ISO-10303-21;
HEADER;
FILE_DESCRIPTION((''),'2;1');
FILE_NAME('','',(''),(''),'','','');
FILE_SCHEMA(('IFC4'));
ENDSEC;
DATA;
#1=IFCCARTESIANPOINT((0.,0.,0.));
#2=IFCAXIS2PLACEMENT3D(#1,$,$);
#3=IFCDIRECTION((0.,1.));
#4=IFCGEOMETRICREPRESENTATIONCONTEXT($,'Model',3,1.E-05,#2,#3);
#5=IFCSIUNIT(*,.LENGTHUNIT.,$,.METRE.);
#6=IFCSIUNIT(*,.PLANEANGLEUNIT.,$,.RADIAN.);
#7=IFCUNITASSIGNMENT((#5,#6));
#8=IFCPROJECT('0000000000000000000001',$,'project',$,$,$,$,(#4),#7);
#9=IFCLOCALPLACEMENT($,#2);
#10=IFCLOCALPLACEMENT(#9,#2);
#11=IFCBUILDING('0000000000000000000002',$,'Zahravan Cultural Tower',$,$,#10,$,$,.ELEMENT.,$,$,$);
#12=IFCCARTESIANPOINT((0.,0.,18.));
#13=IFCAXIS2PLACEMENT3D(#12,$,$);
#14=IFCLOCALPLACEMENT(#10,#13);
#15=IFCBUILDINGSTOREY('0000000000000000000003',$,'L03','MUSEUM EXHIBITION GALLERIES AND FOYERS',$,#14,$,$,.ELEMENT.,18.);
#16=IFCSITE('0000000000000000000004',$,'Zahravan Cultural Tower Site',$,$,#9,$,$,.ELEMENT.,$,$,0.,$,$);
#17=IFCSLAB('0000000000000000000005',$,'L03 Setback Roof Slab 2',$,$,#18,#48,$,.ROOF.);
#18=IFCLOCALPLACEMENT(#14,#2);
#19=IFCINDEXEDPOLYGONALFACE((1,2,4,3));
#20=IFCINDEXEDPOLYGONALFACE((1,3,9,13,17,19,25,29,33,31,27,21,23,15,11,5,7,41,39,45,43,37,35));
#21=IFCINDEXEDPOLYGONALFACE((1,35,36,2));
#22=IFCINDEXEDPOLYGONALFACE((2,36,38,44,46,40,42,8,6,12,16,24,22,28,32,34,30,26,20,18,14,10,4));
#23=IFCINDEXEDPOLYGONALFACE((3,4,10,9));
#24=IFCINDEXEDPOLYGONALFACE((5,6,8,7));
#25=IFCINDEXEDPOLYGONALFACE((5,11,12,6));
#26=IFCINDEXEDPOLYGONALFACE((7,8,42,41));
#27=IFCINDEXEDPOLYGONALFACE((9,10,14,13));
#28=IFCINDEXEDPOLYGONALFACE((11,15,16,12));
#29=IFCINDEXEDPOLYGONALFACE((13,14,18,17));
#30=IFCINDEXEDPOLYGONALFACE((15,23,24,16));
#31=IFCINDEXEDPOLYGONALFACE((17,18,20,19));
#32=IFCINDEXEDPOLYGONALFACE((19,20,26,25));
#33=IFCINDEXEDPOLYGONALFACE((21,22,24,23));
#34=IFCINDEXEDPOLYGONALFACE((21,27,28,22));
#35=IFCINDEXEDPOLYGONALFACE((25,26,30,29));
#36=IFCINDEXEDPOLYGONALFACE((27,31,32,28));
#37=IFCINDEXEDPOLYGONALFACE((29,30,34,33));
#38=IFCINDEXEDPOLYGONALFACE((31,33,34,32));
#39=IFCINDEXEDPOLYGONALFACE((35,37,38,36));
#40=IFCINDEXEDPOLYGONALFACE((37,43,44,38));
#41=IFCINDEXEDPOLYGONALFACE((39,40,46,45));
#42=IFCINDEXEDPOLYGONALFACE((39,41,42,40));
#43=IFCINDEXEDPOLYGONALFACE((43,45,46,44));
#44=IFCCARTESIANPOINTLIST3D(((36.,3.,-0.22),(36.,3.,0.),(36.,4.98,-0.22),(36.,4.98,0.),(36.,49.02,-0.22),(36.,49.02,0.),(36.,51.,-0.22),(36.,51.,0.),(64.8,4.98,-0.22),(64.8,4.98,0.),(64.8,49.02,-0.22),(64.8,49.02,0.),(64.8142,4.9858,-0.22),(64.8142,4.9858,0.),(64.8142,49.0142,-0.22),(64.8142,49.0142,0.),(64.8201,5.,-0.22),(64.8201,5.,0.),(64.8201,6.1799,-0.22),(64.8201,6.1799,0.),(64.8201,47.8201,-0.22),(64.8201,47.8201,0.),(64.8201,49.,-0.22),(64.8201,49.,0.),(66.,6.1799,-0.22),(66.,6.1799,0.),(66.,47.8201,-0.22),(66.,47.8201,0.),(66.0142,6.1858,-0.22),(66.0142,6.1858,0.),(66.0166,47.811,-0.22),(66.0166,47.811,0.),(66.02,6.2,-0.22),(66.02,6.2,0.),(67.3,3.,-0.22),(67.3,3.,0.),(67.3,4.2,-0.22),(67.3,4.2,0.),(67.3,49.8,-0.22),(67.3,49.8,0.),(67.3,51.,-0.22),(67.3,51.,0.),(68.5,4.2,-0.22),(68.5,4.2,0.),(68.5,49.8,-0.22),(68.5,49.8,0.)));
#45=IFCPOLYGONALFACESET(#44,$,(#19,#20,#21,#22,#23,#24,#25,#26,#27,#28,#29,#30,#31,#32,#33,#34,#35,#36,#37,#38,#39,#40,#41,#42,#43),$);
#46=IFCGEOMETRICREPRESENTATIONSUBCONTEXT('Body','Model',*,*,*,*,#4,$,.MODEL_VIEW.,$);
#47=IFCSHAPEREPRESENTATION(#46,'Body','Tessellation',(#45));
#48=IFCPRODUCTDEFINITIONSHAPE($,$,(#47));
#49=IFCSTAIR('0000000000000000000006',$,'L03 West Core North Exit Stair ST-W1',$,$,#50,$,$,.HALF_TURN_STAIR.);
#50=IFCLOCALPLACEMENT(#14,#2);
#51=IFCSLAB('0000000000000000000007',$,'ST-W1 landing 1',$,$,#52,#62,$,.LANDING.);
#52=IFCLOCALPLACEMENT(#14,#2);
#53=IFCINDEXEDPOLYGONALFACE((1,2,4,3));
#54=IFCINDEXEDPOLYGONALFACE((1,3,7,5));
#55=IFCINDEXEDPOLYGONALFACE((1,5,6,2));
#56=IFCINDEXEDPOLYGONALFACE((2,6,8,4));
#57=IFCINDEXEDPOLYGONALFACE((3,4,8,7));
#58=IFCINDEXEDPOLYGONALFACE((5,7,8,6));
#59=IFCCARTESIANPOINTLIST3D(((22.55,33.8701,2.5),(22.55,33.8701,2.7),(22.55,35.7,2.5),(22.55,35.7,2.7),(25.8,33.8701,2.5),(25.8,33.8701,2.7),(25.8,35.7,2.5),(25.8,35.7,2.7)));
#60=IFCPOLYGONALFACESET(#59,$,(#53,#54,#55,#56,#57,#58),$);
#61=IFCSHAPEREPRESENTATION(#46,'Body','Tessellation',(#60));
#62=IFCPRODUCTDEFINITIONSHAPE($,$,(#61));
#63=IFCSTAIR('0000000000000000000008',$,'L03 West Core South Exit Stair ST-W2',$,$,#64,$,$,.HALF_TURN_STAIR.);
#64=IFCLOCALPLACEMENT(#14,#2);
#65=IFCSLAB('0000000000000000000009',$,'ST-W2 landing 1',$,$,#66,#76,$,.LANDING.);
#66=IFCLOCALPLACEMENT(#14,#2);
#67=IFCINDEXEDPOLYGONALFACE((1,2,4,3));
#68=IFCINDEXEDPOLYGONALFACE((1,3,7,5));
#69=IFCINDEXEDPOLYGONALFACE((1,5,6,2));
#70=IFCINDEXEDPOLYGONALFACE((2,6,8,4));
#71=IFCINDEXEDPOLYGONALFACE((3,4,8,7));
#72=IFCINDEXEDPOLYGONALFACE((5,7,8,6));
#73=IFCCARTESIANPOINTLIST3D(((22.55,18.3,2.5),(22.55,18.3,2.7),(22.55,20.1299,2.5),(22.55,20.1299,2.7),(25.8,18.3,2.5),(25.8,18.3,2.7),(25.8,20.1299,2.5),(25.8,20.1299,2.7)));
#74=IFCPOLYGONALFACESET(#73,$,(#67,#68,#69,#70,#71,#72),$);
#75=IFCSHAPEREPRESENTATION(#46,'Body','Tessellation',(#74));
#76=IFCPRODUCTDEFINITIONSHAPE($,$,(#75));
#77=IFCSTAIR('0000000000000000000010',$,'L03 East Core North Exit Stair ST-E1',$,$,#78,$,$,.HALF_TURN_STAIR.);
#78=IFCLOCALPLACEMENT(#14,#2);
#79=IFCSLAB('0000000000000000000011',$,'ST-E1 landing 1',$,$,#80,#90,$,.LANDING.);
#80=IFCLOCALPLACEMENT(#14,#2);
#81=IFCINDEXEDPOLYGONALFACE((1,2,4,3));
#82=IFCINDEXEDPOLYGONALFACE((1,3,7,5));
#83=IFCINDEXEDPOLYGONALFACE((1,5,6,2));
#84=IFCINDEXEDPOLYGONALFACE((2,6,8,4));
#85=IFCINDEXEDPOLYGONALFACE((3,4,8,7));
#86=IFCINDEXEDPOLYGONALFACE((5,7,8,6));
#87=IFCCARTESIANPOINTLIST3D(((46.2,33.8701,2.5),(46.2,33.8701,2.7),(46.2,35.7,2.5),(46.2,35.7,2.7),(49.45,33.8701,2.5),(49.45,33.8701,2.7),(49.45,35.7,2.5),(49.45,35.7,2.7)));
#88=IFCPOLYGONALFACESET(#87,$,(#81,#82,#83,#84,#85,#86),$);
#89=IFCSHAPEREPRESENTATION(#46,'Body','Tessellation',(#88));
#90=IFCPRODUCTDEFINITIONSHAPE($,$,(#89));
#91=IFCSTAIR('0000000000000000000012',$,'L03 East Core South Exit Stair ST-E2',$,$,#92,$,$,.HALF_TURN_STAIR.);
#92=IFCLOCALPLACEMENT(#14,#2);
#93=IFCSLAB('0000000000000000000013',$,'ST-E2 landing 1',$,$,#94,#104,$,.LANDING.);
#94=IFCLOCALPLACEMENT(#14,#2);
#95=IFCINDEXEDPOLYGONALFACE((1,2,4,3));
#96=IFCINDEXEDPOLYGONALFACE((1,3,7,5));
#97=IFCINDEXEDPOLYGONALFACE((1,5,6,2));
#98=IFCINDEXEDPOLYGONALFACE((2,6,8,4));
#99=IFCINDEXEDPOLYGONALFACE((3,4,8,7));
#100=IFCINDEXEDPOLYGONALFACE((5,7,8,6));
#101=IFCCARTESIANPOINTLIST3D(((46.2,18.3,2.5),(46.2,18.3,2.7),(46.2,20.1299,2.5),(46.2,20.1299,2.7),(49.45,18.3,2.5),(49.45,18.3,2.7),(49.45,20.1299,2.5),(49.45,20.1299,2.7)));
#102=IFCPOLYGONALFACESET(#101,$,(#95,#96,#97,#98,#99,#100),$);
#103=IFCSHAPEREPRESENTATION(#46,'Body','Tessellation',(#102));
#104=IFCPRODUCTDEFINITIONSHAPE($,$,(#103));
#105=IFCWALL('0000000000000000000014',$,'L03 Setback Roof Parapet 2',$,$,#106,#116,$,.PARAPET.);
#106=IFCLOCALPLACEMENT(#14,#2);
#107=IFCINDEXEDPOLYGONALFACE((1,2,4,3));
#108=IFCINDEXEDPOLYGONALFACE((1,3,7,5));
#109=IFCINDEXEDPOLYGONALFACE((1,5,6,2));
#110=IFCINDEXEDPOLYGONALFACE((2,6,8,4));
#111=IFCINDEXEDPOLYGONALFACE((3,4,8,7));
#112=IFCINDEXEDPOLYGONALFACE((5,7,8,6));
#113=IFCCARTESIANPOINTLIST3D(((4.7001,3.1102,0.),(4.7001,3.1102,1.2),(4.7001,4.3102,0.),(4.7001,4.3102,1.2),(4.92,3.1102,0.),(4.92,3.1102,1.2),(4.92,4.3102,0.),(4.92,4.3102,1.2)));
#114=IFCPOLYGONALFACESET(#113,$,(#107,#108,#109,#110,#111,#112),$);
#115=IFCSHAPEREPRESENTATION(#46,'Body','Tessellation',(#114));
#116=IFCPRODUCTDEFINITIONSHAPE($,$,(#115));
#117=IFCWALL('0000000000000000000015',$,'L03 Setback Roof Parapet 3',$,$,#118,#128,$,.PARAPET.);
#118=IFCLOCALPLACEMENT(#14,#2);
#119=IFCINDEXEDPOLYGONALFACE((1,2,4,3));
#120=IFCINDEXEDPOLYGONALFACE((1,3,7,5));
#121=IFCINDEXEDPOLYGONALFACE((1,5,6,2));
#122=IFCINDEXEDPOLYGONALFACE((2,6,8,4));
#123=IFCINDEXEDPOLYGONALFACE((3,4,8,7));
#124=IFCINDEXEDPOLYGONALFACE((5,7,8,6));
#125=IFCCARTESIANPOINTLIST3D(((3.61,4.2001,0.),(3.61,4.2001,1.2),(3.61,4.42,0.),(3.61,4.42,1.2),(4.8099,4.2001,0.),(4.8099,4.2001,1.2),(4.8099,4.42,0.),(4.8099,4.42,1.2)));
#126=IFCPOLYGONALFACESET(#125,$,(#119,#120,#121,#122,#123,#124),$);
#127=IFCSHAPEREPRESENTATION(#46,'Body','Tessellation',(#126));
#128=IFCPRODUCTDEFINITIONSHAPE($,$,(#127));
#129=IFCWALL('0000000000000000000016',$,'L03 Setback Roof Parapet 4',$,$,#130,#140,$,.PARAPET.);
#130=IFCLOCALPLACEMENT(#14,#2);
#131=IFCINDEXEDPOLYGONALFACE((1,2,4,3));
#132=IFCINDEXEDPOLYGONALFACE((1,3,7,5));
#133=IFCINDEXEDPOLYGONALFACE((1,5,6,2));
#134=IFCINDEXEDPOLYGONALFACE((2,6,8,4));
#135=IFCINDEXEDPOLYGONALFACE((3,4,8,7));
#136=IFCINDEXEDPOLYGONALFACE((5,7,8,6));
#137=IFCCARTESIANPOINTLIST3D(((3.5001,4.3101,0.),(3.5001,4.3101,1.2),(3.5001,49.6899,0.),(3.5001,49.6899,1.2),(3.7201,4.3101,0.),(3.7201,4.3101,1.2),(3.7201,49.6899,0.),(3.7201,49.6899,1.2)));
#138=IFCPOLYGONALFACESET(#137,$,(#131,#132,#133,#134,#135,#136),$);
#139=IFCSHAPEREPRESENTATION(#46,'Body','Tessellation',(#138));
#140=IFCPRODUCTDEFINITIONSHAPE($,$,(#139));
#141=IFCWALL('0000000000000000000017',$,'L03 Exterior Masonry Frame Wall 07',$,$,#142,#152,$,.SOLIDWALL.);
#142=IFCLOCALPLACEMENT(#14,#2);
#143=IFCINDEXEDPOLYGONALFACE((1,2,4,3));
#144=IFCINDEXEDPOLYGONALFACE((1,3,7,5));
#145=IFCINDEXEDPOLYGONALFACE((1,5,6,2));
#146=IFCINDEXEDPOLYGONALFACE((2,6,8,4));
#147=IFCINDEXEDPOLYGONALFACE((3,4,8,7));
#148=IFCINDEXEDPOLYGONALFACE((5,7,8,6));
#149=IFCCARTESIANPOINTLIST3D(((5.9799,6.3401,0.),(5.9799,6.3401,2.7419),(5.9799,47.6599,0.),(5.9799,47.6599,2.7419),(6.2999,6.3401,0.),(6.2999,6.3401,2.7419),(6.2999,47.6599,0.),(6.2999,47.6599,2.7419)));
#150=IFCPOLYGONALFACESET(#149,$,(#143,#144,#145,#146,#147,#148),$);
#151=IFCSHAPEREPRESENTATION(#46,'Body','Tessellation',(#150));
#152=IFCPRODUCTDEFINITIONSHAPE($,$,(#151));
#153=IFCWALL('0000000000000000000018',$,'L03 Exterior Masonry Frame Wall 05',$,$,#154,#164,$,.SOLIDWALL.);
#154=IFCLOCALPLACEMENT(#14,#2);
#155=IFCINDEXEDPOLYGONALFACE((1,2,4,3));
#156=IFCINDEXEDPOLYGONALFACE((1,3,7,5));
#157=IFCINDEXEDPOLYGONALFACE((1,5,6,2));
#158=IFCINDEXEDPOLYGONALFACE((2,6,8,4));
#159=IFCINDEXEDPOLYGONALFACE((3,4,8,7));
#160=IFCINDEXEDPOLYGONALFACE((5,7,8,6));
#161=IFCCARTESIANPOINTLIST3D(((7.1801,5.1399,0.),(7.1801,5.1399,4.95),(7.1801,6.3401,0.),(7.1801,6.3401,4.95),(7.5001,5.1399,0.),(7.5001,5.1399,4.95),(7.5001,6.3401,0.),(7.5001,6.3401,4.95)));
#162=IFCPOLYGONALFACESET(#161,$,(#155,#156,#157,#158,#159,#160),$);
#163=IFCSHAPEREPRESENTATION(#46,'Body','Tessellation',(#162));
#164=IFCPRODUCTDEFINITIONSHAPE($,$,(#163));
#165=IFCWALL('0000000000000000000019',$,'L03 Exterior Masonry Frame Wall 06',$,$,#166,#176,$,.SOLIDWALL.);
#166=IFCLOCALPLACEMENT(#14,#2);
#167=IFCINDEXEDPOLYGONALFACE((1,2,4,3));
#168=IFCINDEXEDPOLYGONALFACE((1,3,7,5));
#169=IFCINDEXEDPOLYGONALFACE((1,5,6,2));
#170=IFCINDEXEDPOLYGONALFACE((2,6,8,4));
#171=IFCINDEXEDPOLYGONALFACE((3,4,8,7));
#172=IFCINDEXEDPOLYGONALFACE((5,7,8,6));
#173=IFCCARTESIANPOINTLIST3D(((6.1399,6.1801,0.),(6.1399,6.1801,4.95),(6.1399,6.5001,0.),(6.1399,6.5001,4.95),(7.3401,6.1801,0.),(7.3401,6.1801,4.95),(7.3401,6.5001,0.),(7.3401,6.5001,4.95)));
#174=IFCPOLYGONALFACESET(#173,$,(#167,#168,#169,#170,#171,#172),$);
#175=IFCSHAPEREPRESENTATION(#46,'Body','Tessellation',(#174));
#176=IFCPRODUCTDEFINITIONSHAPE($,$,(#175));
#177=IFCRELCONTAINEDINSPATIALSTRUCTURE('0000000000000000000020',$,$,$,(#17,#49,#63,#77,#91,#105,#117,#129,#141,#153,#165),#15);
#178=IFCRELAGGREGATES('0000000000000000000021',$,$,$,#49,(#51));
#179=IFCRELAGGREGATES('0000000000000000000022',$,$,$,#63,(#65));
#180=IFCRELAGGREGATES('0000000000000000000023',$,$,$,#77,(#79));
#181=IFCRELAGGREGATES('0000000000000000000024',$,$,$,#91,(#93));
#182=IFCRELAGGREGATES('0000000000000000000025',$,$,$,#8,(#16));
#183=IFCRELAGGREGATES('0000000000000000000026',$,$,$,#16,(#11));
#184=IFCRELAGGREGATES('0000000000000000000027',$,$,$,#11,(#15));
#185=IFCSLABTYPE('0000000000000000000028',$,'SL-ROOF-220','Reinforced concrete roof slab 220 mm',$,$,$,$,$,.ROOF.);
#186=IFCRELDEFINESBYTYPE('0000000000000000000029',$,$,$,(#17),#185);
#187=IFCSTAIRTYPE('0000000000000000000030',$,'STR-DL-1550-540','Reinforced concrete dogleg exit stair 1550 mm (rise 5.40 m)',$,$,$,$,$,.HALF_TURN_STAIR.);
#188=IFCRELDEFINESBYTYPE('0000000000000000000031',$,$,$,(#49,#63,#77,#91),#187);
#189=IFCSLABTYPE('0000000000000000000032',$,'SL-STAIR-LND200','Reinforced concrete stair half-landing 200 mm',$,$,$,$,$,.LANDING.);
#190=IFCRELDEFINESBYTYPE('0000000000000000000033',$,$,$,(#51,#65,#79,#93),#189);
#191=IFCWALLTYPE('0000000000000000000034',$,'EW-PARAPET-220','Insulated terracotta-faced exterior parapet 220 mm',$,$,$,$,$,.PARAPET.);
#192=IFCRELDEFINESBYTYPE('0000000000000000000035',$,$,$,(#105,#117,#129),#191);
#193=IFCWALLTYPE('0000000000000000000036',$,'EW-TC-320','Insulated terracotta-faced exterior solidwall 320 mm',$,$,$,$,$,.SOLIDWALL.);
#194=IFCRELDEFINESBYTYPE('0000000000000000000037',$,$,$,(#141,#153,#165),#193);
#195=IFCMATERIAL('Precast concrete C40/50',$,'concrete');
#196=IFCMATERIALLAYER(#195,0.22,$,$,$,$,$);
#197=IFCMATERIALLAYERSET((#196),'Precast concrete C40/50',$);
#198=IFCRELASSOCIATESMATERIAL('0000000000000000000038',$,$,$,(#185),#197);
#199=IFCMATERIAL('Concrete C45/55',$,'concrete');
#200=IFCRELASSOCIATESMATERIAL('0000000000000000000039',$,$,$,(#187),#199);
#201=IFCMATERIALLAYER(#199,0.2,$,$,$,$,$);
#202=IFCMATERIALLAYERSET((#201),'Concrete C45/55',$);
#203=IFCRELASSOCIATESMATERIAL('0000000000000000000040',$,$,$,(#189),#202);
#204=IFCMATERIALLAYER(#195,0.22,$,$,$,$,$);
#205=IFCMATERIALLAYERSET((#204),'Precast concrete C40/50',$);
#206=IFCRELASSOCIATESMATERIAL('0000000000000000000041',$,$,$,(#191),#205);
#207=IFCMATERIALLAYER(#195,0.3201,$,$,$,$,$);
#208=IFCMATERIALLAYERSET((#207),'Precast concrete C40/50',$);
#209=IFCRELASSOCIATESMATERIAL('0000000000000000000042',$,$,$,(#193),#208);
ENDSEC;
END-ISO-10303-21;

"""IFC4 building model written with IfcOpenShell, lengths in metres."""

from ifc_helpers import new_model, si_unit, direction, frame, frame_2d, origin, place, context, subcontext, project, spatial, polyline, rectangle, outline, extrude, source, transform, mapped, material, layer, layer_set, type_object, element, aggregate, save


model = new_model("IFC4")

# Units and contexts
model_context = context("Model", 3, precision=1e-05, world=origin(), true_north=direction((0.0, 1.0)))
body_context = subcontext(model_context, "Body", "Model", "MODEL_VIEW")
ifc_project = project(units=[si_unit("LENGTHUNIT", "METRE"), si_unit("PLANEANGLEUNIT", "RADIAN")], contexts=[model_context])

# Site, building, storey
site_placement = place(None, origin())
site = spatial("IfcSite", under=ifc_project, at=site_placement, Name="Zahravan Cultural Tower Site", CompositionType="ELEMENT", RefElevation=0.0)
building_placement = place(site_placement, origin())
building = spatial("IfcBuilding", under=site, at=building_placement, Name="Zahravan Cultural Tower", CompositionType="ELEMENT")
storey_placement = place(building_placement, frame((0.0, 0.0, 18.0)))
storey = spatial("IfcBuildingStorey", under=building, at=storey_placement, Name="L03", Description="MUSEUM EXHIBITION GALLERIES AND FOYERS", CompositionType="ELEMENT", Elevation=18.0)

# Slab
ifc_material_1 = material(Name="Concrete C45/55", Category="concrete")
ifc_material_2 = material(Name="Precast concrete C40/50", Category="concrete")
ifc_layer_1 = layer(ifc_material_2, 0.22)
ifc_layer_set_1 = layer_set([ifc_layer_1], Name="Precast concrete C40/50")
slab_type_1 = type_object("IfcSlabType", Name="SL-ROOF-220", Description="Reinforced concrete roof slab 220 mm", PredefinedType="ROOF", material=ifc_layer_set_1)
slab_1_placement = place(storey_placement, frame((0.0, 0.0, -0.22)))
element("IfcSlab", 1, at=slab_1_placement, inside=storey, type_object=slab_type_1, Name="L03 Setback Roof Slab 2", PredefinedType="ROOF", context=body_context, shape_type="SweptSolid", body=[
    extrude(outline(polyline([(67.3, 3.0), (67.3, 4.2), (68.5, 4.2), (68.5, 49.8), (67.3, 49.8), (67.3, 51.0), (36.0, 51.0), (36.0, 49.02), (64.8, 49.02), (64.8142, 49.0142), (64.8201, 49.0), (64.8201, 47.8201), (66.0, 47.8201), (66.0166, 47.811), (66.02, 6.2), (66.0142, 6.1858), (66.0, 6.1799), (64.8201, 6.1799), (64.8201, 5.0), (64.8142, 4.9858), (64.8, 4.98), (36.0, 4.98), (36.0, 3.0), (67.3, 3.0)])), origin(), (0.0, 0.0, 1.0), 0.22),
])

# Stairs, slabs
stair_type = type_object("IfcStairType", Name="STR-DL-1550-540", Description="Reinforced concrete dogleg exit stair 1550 mm (rise 5.40 m)", PredefinedType="HALF_TURN_STAIR", material=ifc_material_1)
stair_1_placement = place(storey_placement, origin())
stair_1 = element("IfcStair", 2, at=stair_1_placement, inside=storey, type_object=stair_type, Name="L03 West Core North Exit Stair ST-W1", PredefinedType="HALF_TURN_STAIR")
ifc_layer_2 = layer(ifc_material_1, 0.2)
ifc_layer_set_2 = layer_set([ifc_layer_2], Name="Concrete C45/55")
slab_type_2 = type_object("IfcSlabType", Name="SL-STAIR-LND200", Description="Reinforced concrete stair half-landing 200 mm", PredefinedType="LANDING", material=ifc_layer_set_2)
slab_2_placement = place(storey_placement, frame((0.0, 0.0, 2.5)))
slab_2 = element("IfcSlab", 3, at=slab_2_placement, type_object=slab_type_2, Name="ST-W1 landing 1", PredefinedType="LANDING", context=body_context, shape_type="SweptSolid", body=[
    extrude(outline(polyline([(25.8, 33.8701), (25.8, 35.7), (22.55, 35.7), (22.55, 33.8701), (25.8, 33.8701)])), origin(), (0.0, 0.0, 1.0), 0.2),
])
aggregate(stair_1, [slab_2])
stair_2_placement = place(storey_placement, origin())
stair_2 = element("IfcStair", 4, at=stair_2_placement, inside=storey, type_object=stair_type, Name="L03 West Core South Exit Stair ST-W2", PredefinedType="HALF_TURN_STAIR")
slab_3_placement = place(storey_placement, frame((0.0, 0.0, 2.5)))
slab_3 = element("IfcSlab", 5, at=slab_3_placement, type_object=slab_type_2, Name="ST-W2 landing 1", PredefinedType="LANDING", context=body_context, shape_type="SweptSolid", body=[
    extrude(outline(polyline([(22.55, 20.1299), (22.55, 18.3), (25.8, 18.3), (25.8, 20.1299), (22.55, 20.1299)])), origin(), (0.0, 0.0, 1.0), 0.2),
])
aggregate(stair_2, [slab_3])
stair_3_placement = place(storey_placement, origin())
stair_3 = element("IfcStair", 6, at=stair_3_placement, inside=storey, type_object=stair_type, Name="L03 East Core North Exit Stair ST-E1", PredefinedType="HALF_TURN_STAIR")
slab_4_placement = place(storey_placement, frame((0.0, 0.0, 2.5)))
slab_4 = element("IfcSlab", 7, at=slab_4_placement, type_object=slab_type_2, Name="ST-E1 landing 1", PredefinedType="LANDING", context=body_context, shape_type="SweptSolid", body=[
    extrude(outline(polyline([(49.45, 33.8701), (49.45, 35.7), (46.2, 35.7), (46.2, 33.8701), (49.45, 33.8701)])), origin(), (0.0, 0.0, 1.0), 0.2),
])
aggregate(stair_3, [slab_4])
stair_4_placement = place(storey_placement, origin())
stair_4 = element("IfcStair", 8, at=stair_4_placement, inside=storey, type_object=stair_type, Name="L03 East Core South Exit Stair ST-E2", PredefinedType="HALF_TURN_STAIR")
slab_5_placement = place(storey_placement, frame((0.0, 0.0, 2.5)))
slab_5 = element("IfcSlab", 9, at=slab_5_placement, type_object=slab_type_2, Name="ST-E2 landing 1", PredefinedType="LANDING", context=body_context, shape_type="SweptSolid", body=[
    extrude(outline(polyline([(46.2, 20.1299), (46.2, 18.3), (49.45, 18.3), (49.45, 20.1299), (46.2, 20.1299)])), origin(), (0.0, 0.0, 1.0), 0.2),
])
aggregate(stair_4, [slab_5])

# Walls
ifc_layer_3 = layer(ifc_material_2, 0.22)
ifc_layer_set_3 = layer_set([ifc_layer_3], Name="Precast concrete C40/50")
wall_type_1 = type_object("IfcWallType", Name="EW-PARAPET-220", Description="Insulated terracotta-faced exterior parapet 220 mm", PredefinedType="PARAPET", material=ifc_layer_set_3)
shared_shape_1 = source(origin(), body_context, "Body", "SweptSolid", [
    extrude(rectangle(XDim=1.2, YDim=0.22, at=frame_2d((0.6001, 0.0))), origin(), (0.0, 0.0, 1.0), 1.2),
])
for number, where, z_axis, x_axis, name in (
    (10, (4.8101, 3.1101, 0.0), (0.0, 0.0, 1.0), (0.0, 1.0, 0.0), "L03 Setback Roof Parapet 2"),
    (11, (4.8101, 4.3101, 0.0), (0.0, 0.0, 1.0), (-1.0, 0.0, 0.0), "L03 Setback Roof Parapet 3"),
):
    element("IfcWall", number, at=place(storey_placement, frame(where, z_axis=z_axis, x_axis=x_axis)), inside=storey, type_object=wall_type_1, Name=name, PredefinedType="PARAPET", context=body_context, shape_type="MappedRepresentation", body=[
        mapped(shared_shape_1, transform((0.0, 0.0, 0.0), x_axis=(1.0, 0.0, 0.0), y_axis=(0.0, 1.0, 0.0), z_axis=(0.0, 0.0, 1.0), scale=1.0)),
    ])
shared_shape_2 = source(origin(), body_context, "Body", "SweptSolid", [
    extrude(rectangle(XDim=45.3799, YDim=0.22, at=frame_2d((22.6899, 0.0))), origin(), (0.0, 0.0, 1.0), 1.2),
])
wall_1_placement = place(storey_placement, frame((3.6101, 4.3101, 0.0), z_axis=(0.0, 0.0, 1.0), x_axis=(0.0, 1.0, 0.0)))
element("IfcWall", 12, at=wall_1_placement, inside=storey, type_object=wall_type_1, Name="L03 Setback Roof Parapet 4", PredefinedType="PARAPET", context=body_context, shape_type="MappedRepresentation", body=[
    mapped(shared_shape_2, transform((0.0, 0.0, 0.0), x_axis=(1.0, 0.0, 0.0), y_axis=(0.0, 1.0, 0.0), z_axis=(0.0, 0.0, 1.0), scale=1.0)),
])
ifc_layer_4 = layer(ifc_material_2, 0.3201)
ifc_layer_set_4 = layer_set([ifc_layer_4], Name="Precast concrete C40/50")
wall_type_2 = type_object("IfcWallType", Name="EW-TC-320", Description="Insulated terracotta-faced exterior solidwall 320 mm", PredefinedType="SOLIDWALL", material=ifc_layer_set_4)
shared_shape_3 = source(origin(), body_context, "Body", "SweptSolid", [
    extrude(rectangle(XDim=41.3198, YDim=0.3201, at=frame_2d((20.6599, 0.0))), origin(), (0.0, 0.0, 1.0), 2.7419),
])
wall_2_placement = place(storey_placement, frame((6.1399, 6.3401, 0.0), z_axis=(0.0, 0.0, 1.0), x_axis=(0.0, 1.0, 0.0)))
element("IfcWall", 13, at=wall_2_placement, inside=storey, type_object=wall_type_2, Name="L03 Exterior Masonry Frame Wall 07", PredefinedType="SOLIDWALL", context=body_context, shape_type="MappedRepresentation", body=[
    mapped(shared_shape_3, transform((0.0, 0.0, 0.0), x_axis=(1.0, 0.0, 0.0), y_axis=(0.0, 1.0, 0.0), z_axis=(0.0, 0.0, 1.0), scale=1.0)),
])
shared_shape_4 = source(origin(), body_context, "Body", "SweptSolid", [
    extrude(rectangle(XDim=1.2002, YDim=0.3201, at=frame_2d((0.6001, 0.0))), origin(), (0.0, 0.0, 1.0), 4.95),
])
for number, where, z_axis, x_axis, name in (
    (14, (7.3401, 5.1399, 0.0), (0.0, 0.0, 1.0), (0.0, 1.0, 0.0), "L03 Exterior Masonry Frame Wall 05"),
    (15, (7.3401, 6.3401, 0.0), (0.0, 0.0, 1.0), (-1.0, 0.0, 0.0), "L03 Exterior Masonry Frame Wall 06"),
):
    element("IfcWall", number, at=place(storey_placement, frame(where, z_axis=z_axis, x_axis=x_axis)), inside=storey, type_object=wall_type_2, Name=name, PredefinedType="SOLIDWALL", context=body_context, shape_type="MappedRepresentation", body=[
        mapped(shared_shape_4, transform((0.0, 0.0, 0.0), x_axis=(1.0, 0.0, 0.0), y_axis=(0.0, 1.0, 0.0), z_axis=(0.0, 0.0, 1.0), scale=1.0)),
    ])

save(model, "model.ifc")
